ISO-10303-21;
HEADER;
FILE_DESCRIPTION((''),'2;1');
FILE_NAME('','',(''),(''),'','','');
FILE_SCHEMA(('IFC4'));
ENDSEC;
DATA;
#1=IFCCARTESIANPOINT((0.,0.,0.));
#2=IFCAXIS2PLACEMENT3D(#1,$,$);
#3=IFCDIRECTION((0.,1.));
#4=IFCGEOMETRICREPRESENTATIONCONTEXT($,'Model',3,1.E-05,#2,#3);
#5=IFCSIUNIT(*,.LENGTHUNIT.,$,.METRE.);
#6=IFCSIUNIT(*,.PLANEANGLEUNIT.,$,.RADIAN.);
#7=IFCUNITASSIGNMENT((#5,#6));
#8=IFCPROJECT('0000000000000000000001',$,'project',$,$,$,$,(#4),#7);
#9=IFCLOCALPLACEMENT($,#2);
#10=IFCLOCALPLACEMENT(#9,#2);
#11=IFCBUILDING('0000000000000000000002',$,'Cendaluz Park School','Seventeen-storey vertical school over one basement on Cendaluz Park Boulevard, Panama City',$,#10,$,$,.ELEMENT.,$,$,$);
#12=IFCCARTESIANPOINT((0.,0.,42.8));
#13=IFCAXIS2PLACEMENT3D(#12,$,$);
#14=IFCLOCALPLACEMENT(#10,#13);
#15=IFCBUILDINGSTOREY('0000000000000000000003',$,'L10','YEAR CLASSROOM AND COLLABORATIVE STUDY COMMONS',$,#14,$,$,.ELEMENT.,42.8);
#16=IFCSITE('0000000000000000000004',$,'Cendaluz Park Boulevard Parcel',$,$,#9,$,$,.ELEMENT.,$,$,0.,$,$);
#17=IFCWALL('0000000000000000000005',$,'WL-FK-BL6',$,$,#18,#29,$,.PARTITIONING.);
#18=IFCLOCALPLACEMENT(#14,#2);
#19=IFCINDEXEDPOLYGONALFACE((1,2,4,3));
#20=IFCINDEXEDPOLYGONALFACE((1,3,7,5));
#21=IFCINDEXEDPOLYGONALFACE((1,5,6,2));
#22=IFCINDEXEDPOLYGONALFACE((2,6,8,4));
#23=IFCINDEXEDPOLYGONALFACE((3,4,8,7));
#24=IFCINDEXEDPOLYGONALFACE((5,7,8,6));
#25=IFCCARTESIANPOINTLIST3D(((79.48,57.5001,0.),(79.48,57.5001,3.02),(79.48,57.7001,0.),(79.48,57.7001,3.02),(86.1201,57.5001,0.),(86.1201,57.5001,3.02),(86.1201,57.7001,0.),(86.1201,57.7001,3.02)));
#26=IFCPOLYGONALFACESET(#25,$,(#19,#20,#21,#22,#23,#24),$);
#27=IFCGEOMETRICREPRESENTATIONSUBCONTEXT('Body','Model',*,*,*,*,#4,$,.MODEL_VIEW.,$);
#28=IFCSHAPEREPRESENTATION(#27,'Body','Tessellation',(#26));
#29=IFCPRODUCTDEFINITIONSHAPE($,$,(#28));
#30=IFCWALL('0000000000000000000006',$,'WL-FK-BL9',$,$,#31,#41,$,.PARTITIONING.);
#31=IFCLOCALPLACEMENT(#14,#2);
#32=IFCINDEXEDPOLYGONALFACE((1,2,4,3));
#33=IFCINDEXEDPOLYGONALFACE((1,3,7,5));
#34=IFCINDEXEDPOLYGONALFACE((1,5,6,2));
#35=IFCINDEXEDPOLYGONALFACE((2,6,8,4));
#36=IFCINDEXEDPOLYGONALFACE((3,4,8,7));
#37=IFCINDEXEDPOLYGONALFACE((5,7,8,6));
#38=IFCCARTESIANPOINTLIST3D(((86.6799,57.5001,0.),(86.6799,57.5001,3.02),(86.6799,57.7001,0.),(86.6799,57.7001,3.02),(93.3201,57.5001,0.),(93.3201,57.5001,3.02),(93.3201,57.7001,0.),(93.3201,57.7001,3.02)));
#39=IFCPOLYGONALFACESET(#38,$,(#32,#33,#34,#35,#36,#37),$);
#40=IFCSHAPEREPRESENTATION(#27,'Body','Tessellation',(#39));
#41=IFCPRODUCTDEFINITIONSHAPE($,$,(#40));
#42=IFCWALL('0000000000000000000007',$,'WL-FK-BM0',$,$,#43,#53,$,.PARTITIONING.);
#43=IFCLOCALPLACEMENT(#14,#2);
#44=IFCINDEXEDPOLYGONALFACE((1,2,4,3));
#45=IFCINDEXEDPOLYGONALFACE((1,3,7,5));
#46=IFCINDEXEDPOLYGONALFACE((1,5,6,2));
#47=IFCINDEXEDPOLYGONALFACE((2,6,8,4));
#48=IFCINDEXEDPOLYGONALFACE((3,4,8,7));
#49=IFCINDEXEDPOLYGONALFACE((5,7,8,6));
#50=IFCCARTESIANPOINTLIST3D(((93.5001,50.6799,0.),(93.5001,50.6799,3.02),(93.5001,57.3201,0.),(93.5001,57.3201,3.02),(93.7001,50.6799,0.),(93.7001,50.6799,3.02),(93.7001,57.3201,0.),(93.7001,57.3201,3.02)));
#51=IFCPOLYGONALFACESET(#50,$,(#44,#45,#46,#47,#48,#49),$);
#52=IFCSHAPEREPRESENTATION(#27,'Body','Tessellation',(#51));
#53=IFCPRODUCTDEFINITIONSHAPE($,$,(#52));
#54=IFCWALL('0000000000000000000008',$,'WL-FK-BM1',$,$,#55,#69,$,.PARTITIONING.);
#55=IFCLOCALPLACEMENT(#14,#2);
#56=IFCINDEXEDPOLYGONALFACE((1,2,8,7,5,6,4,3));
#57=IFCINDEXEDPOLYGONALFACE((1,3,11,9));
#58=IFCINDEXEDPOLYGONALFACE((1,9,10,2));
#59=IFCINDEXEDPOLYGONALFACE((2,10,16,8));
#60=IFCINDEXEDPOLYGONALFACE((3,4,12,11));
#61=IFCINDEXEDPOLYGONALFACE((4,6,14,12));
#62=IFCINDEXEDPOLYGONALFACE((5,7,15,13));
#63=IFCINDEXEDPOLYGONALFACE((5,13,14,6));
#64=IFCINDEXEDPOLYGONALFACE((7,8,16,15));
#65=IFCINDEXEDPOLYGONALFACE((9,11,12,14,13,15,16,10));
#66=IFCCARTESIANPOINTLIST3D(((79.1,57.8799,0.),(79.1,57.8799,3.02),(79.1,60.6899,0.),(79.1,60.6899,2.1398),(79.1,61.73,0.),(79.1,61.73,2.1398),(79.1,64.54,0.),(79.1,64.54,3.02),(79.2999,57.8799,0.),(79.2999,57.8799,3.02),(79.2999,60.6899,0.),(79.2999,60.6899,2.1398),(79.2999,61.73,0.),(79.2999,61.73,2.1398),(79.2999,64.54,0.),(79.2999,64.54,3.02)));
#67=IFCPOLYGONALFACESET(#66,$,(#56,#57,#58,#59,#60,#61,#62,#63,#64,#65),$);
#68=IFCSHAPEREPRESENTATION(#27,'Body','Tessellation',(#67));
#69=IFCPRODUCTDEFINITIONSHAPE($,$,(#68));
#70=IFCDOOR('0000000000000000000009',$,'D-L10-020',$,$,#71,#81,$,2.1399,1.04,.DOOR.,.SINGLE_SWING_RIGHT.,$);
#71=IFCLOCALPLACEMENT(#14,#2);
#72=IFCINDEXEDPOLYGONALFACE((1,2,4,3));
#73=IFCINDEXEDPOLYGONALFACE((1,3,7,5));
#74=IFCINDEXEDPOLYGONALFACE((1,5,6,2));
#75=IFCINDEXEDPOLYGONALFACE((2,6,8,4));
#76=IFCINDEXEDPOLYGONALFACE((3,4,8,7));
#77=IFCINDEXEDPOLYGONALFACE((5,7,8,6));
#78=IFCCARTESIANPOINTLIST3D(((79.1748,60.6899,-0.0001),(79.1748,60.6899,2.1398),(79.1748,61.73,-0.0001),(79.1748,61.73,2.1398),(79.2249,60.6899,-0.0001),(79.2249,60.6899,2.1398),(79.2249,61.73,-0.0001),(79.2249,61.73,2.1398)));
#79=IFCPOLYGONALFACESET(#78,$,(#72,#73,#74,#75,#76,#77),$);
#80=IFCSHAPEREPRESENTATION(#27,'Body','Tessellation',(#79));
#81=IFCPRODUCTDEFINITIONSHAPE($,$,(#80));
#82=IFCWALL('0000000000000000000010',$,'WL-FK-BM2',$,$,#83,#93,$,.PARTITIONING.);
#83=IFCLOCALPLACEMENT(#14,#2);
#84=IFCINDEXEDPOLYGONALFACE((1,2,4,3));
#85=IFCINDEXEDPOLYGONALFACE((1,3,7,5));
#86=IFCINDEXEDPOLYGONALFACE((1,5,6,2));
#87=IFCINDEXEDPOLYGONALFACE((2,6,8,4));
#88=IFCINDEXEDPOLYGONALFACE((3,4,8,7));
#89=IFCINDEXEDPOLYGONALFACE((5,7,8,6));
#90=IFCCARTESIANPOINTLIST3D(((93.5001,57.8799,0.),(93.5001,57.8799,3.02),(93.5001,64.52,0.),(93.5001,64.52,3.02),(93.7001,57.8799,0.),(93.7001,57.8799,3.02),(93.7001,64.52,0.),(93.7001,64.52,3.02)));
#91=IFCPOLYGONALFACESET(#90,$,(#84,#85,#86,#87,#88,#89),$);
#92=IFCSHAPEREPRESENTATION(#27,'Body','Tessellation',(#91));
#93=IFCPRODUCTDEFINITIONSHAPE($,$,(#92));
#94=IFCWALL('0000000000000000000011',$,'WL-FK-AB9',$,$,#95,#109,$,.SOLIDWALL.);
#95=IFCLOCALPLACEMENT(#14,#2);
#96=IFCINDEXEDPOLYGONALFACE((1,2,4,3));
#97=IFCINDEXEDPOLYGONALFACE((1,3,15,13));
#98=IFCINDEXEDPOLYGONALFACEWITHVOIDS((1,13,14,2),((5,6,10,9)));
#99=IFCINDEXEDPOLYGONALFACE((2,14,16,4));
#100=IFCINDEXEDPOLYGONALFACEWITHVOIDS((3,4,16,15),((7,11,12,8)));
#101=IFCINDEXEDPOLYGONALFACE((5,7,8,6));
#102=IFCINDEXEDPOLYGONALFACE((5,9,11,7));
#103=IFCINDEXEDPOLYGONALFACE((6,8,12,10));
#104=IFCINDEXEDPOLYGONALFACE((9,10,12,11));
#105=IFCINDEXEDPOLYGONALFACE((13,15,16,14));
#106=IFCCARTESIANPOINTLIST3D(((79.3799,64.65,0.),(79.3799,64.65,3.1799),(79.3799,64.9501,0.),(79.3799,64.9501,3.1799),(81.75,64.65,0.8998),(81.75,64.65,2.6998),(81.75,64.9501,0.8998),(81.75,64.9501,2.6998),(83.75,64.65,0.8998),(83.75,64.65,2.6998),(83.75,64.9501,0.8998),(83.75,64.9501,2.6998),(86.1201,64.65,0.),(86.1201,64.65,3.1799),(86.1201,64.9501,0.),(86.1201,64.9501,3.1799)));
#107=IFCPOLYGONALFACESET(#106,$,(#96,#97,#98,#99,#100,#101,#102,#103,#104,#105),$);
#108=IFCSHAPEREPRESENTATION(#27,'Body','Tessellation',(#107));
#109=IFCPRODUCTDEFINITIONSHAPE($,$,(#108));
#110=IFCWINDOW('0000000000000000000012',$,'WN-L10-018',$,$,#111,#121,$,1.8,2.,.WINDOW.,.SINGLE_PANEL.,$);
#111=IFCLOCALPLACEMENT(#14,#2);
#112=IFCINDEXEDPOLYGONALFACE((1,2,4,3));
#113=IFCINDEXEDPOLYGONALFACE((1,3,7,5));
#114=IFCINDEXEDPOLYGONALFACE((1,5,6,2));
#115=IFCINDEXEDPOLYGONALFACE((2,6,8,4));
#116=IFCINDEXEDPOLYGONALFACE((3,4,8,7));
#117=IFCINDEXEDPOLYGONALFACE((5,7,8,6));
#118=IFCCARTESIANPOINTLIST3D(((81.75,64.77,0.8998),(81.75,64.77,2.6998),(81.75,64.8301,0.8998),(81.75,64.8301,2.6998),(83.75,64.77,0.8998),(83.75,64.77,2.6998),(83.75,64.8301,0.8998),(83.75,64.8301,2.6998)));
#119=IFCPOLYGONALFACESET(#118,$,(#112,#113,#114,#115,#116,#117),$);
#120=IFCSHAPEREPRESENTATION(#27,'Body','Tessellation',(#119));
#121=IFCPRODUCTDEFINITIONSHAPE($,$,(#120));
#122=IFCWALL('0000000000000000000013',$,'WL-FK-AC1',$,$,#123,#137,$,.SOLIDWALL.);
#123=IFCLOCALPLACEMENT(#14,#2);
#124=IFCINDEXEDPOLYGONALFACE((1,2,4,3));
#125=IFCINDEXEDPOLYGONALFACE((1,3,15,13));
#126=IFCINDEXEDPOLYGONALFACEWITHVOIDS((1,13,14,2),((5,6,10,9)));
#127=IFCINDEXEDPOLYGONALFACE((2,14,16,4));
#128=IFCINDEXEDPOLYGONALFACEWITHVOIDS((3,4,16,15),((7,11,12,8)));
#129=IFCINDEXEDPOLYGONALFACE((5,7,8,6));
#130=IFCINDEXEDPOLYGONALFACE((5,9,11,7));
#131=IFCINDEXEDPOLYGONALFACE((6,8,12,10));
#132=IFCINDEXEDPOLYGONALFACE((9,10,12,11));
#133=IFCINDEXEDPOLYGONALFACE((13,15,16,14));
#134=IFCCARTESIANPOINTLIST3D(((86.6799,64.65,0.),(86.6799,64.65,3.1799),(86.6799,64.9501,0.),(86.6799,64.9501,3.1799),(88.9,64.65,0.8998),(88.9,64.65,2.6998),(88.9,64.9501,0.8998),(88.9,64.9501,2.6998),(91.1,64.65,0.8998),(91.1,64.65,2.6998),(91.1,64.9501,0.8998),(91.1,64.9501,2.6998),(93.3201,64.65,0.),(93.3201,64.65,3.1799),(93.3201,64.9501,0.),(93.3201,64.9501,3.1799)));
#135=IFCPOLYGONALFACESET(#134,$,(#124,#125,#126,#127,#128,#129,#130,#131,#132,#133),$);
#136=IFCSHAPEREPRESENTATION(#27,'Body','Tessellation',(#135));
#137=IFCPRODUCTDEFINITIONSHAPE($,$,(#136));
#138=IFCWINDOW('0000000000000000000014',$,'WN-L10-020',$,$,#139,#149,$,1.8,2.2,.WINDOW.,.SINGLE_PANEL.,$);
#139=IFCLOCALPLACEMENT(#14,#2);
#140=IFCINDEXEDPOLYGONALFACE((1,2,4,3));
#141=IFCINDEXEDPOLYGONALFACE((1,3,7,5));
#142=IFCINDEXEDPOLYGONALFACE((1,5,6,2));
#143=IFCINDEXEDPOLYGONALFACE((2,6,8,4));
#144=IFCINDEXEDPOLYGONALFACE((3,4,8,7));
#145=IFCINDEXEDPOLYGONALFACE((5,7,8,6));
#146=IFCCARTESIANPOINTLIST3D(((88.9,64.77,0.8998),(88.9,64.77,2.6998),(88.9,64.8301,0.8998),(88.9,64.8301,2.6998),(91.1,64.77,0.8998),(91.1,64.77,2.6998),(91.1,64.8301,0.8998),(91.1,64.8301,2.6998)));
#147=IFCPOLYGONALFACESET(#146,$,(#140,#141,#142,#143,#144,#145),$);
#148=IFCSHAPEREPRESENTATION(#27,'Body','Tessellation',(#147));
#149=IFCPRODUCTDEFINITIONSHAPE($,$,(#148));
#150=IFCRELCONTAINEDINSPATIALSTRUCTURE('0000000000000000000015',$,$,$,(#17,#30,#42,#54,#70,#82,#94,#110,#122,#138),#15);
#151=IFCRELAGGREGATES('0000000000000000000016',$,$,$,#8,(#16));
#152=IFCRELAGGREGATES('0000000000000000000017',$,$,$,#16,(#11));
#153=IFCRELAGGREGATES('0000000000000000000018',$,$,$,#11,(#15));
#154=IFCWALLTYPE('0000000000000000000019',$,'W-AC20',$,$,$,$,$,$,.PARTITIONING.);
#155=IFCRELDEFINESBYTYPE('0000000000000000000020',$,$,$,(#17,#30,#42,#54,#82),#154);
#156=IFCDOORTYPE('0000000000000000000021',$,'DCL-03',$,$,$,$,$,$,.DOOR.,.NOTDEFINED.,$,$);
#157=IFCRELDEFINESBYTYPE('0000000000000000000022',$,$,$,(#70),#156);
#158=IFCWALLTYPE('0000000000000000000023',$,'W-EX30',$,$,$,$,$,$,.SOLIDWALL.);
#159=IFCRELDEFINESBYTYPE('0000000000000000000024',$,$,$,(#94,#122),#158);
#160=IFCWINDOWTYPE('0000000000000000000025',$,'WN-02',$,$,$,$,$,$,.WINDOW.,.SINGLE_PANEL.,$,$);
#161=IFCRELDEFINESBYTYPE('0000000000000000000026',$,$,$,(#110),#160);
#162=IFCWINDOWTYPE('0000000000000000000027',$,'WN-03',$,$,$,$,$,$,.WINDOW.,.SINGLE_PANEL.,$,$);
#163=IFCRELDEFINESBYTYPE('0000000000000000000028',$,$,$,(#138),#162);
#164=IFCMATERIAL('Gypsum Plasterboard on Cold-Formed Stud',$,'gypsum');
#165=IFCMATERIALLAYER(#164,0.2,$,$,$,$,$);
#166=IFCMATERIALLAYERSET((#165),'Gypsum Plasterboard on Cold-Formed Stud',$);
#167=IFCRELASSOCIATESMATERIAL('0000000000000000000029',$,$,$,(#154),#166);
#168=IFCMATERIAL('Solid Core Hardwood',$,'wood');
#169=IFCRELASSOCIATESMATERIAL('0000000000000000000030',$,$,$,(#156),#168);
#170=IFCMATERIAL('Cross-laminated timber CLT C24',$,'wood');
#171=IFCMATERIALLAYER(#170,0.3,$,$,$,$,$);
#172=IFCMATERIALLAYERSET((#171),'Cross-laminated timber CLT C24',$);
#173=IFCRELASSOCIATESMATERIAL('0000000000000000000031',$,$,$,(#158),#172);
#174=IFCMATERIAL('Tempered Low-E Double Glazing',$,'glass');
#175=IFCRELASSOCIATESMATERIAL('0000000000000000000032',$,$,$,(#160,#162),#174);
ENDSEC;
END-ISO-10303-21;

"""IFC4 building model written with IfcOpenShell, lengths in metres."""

from ifc_helpers import new_model, si_unit, direction, frame, frame_2d, origin, place, context, subcontext, project, spatial, rectangle, extrude, material, layer, layer_set, type_object, element, fill, save


model = new_model("IFC4")

# Units and contexts
model_context = context("Model", 3, precision=1e-05, world=origin(), true_north=direction((0.0, 1.0)))
body_context = subcontext(model_context, "Body", "Model", "MODEL_VIEW")
ifc_project = project(units=[si_unit("LENGTHUNIT", "METRE"), si_unit("PLANEANGLEUNIT", "RADIAN")], contexts=[model_context])

# Site, building, storey
site_placement = place(None, origin())
site = spatial("IfcSite", under=ifc_project, at=site_placement, Name="Cendaluz Park Boulevard Parcel", CompositionType="ELEMENT", RefElevation=0.0)
building_placement = place(site_placement, origin())
building = spatial("IfcBuilding", under=site, at=building_placement, Name="Cendaluz Park School", Description="Seventeen-storey vertical school over one basement on Cendaluz Park Boulevard, Panama City", CompositionType="ELEMENT")
storey_placement = place(building_placement, frame((0.0, 0.0, 42.8)))
storey = spatial("IfcBuildingStorey", under=building, at=storey_placement, Name="L10", Description="YEAR CLASSROOM AND COLLABORATIVE STUDY COMMONS", CompositionType="ELEMENT", Elevation=42.8)

# Wall
ifc_material_1 = material(Name="Gypsum Plasterboard on Cold-Formed Stud", Category="gypsum")
ifc_layer_1 = layer(ifc_material_1, 0.2)
ifc_layer_set_1 = layer_set([ifc_layer_1], Name="Gypsum Plasterboard on Cold-Formed Stud")
wall_type_1 = type_object("IfcWallType", Name="W-AC20", PredefinedType="PARTITIONING", material=ifc_layer_set_1)
wall_1_placement = place(storey_placement, frame((79.48, 57.6001, 0.0), z_axis=(0.0, 0.0, 1.0), x_axis=(1.0, 0.0, 0.0)))
element("IfcWall", 1, at=wall_1_placement, inside=storey, type_object=wall_type_1, Name="WL-FK-BL6", PredefinedType="PARTITIONING", context=body_context, shape_type="SweptSolid", body=[
    extrude(rectangle(XDim=6.6401, YDim=0.2, at=frame_2d((3.3201, 0.0))), origin(), (0.0, 0.0, 1.0), 3.02),
])

# Shared definitions
ifc_material_2 = material(Name="Solid Core Hardwood", Category="wood")

# Walls
for number, where, z_axis, x_axis, name in (
    (2, (86.6799, 57.6001, 0.0), (0.0, 0.0, 1.0), (1.0, 0.0, 0.0), "WL-FK-BL9"),
    (3, (93.6001, 50.6799, 0.0), (0.0, 0.0, 1.0), (0.0, 1.0, 0.0), "WL-FK-BM0"),
):
    element("IfcWall", number, at=place(storey_placement, frame(where, z_axis=z_axis, x_axis=x_axis)), inside=storey, type_object=wall_type_1, Name=name, PredefinedType="PARTITIONING", context=body_context, shape_type="SweptSolid", body=[
        extrude(rectangle(XDim=6.6401, YDim=0.2, at=frame_2d((3.3201, 0.0))), origin(), (0.0, 0.0, 1.0), 3.02),
    ])

# Wall, opening, door
wall_2_placement = place(storey_placement, frame((79.2, 57.8799, 0.0), z_axis=(0.0, 0.0, 1.0), x_axis=(0.0, 1.0, 0.0)))
wall_2 = element("IfcWall", 4, at=wall_2_placement, inside=storey, type_object=wall_type_1, Name="WL-FK-BM1", PredefinedType="PARTITIONING", context=body_context, shape_type="SweptSolid", body=[
    extrude(rectangle(XDim=6.6602, YDim=0.2, at=frame_2d((3.3301, 0.0))), origin(), (0.0, 0.0, 1.0), 3.02),
])
opening_1_placement = place(wall_2_placement, frame((2.8101, 0.0, 0.0)))
opening_1 = element("IfcOpeningElement", 5, at=opening_1_placement, cuts=wall_2, PredefinedType="OPENING", context=body_context, shape_type="SweptSolid", body=[
    extrude(rectangle(XDim=1.04, YDim=2.1399, at=frame_2d((0.52, 1.0698))), frame((0.0, 0.1121, 0.0), z_axis=(0.0, -1.0, 0.0), x_axis=(1.0, 0.0, 0.0)), (0.0, 0.0, 1.0), 0.2239),
])
door_type_1 = type_object("IfcDoorType", Name="DCL-03", OperationType="NOTDEFINED", PredefinedType="DOOR", material=ifc_material_2)
door_1_placement = place(opening_1_placement, frame((1.04, 0.0, 0.0), z_axis=(0.0, 0.0, 1.0), x_axis=(-1.0, 0.0, 0.0)))
door_1 = element("IfcDoor", 6, at=door_1_placement, inside=storey, type_object=door_type_1, Name="D-L10-020", OperationType="SINGLE_SWING_RIGHT", OverallHeight=2.1399, OverallWidth=1.04, PredefinedType="DOOR", context=body_context, shape_type="SweptSolid", body=[
    extrude(rectangle(XDim=1.04, YDim=2.1399, at=frame_2d((0.52, 1.0698))), frame((0.0, 0.0249, 0.0), z_axis=(0.0, -1.0, 0.0), x_axis=(1.0, 0.0, 0.0)), (0.0, 0.0, 1.0), 0.05),
])
fill(opening_1, door_1)

# Wall
wall_3_placement = place(storey_placement, frame((93.6001, 57.8799, 0.0), z_axis=(0.0, 0.0, 1.0), x_axis=(0.0, 1.0, 0.0)))
element("IfcWall", 7, at=wall_3_placement, inside=storey, type_object=wall_type_1, Name="WL-FK-BM2", PredefinedType="PARTITIONING", context=body_context, shape_type="SweptSolid", body=[
    extrude(rectangle(XDim=6.6401, YDim=0.2, at=frame_2d((3.3201, 0.0))), origin(), (0.0, 0.0, 1.0), 3.02),
])

# Walls, openings, windows
ifc_material_3 = material(Name="Cross-laminated timber CLT C24", Category="wood")
ifc_layer_2 = layer(ifc_material_3, 0.3)
ifc_layer_set_2 = layer_set([ifc_layer_2], Name="Cross-laminated timber CLT C24")
wall_type_2 = type_object("IfcWallType", Name="W-EX30", PredefinedType="SOLIDWALL", material=ifc_layer_set_2)
wall_4_placement = place(storey_placement, frame((79.3799, 64.8, 0.0), z_axis=(0.0, 0.0, 1.0), x_axis=(1.0, 0.0, 0.0)))
wall_4 = element("IfcWall", 8, at=wall_4_placement, inside=storey, type_object=wall_type_2, Name="WL-FK-AB9", PredefinedType="SOLIDWALL", context=body_context, shape_type="SweptSolid", body=[
    extrude(rectangle(XDim=6.7402, YDim=0.3, at=frame_2d((3.3701, 0.0))), origin(), (0.0, 0.0, 1.0), 3.1799),
])
opening_2_placement = place(wall_4_placement, frame((2.3701, 0.0, 0.8999)))
opening_2 = element("IfcOpeningElement", 9, at=opening_2_placement, cuts=wall_4, PredefinedType="OPENING", context=body_context, shape_type="SweptSolid", body=[
    extrude(rectangle(XDim=2.0, YDim=1.8, at=frame_2d((1.0, 0.8999))), frame((0.0, 0.1621, 0.0), z_axis=(0.0, -1.0, 0.0), x_axis=(1.0, 0.0, 0.0)), (0.0, 0.0, 1.0), 0.324),
])
ifc_material_4 = material(Name="Tempered Low-E Double Glazing", Category="glass")
window_type_1 = type_object("IfcWindowType", Name="WN-02", PartitioningType="SINGLE_PANEL", PredefinedType="WINDOW", material=ifc_material_4)
window_1_placement = place(opening_2_placement, origin())
window_1 = element("IfcWindow", 10, at=window_1_placement, inside=storey, type_object=window_type_1, Name="WN-L10-018", OverallHeight=1.8, OverallWidth=2.0, PartitioningType="SINGLE_PANEL", PredefinedType="WINDOW", context=body_context, shape_type="SweptSolid", body=[
    extrude(rectangle(XDim=2.0, YDim=1.8, at=frame_2d((1.0, 0.8999))), frame((0.0, 0.03, 0.0), z_axis=(0.0, -1.0, 0.0), x_axis=(1.0, 0.0, 0.0)), (0.0, 0.0, 1.0), 0.0601),
])
fill(opening_2, window_1)
wall_5_placement = place(storey_placement, frame((86.6799, 64.8, 0.0), z_axis=(0.0, 0.0, 1.0), x_axis=(1.0, 0.0, 0.0)))
wall_5 = element("IfcWall", 11, at=wall_5_placement, inside=storey, type_object=wall_type_2, Name="WL-FK-AC1", PredefinedType="SOLIDWALL", context=body_context, shape_type="SweptSolid", body=[
    extrude(rectangle(XDim=6.6401, YDim=0.3, at=frame_2d((3.3201, 0.0))), origin(), (0.0, 0.0, 1.0), 3.1799),
])
opening_3_placement = place(wall_5_placement, frame((2.22, 0.0, 0.8999)))
opening_3 = element("IfcOpeningElement", 12, at=opening_3_placement, cuts=wall_5, PredefinedType="OPENING", context=body_context, shape_type="SweptSolid", body=[
    extrude(rectangle(XDim=2.2, YDim=1.8, at=frame_2d((1.1001, 0.8999))), frame((0.0, 0.1621, 0.0), z_axis=(0.0, -1.0, 0.0), x_axis=(1.0, 0.0, 0.0)), (0.0, 0.0, 1.0), 0.324),
])
window_type_2 = type_object("IfcWindowType", Name="WN-03", PartitioningType="SINGLE_PANEL", PredefinedType="WINDOW", material=ifc_material_4)
window_2_placement = place(opening_3_placement, origin())
window_2 = element("IfcWindow", 13, at=window_2_placement, inside=storey, type_object=window_type_2, Name="WN-L10-020", OverallHeight=1.8, OverallWidth=2.2, PartitioningType="SINGLE_PANEL", PredefinedType="WINDOW", context=body_context, shape_type="SweptSolid", body=[
    extrude(rectangle(XDim=2.2, YDim=1.8, at=frame_2d((1.1001, 0.8999))), frame((0.0, 0.03, 0.0), z_axis=(0.0, -1.0, 0.0), x_axis=(1.0, 0.0, 0.0)), (0.0, 0.0, 1.0), 0.0601),
])
fill(opening_3, window_2)

save(model, "model.ifc")
